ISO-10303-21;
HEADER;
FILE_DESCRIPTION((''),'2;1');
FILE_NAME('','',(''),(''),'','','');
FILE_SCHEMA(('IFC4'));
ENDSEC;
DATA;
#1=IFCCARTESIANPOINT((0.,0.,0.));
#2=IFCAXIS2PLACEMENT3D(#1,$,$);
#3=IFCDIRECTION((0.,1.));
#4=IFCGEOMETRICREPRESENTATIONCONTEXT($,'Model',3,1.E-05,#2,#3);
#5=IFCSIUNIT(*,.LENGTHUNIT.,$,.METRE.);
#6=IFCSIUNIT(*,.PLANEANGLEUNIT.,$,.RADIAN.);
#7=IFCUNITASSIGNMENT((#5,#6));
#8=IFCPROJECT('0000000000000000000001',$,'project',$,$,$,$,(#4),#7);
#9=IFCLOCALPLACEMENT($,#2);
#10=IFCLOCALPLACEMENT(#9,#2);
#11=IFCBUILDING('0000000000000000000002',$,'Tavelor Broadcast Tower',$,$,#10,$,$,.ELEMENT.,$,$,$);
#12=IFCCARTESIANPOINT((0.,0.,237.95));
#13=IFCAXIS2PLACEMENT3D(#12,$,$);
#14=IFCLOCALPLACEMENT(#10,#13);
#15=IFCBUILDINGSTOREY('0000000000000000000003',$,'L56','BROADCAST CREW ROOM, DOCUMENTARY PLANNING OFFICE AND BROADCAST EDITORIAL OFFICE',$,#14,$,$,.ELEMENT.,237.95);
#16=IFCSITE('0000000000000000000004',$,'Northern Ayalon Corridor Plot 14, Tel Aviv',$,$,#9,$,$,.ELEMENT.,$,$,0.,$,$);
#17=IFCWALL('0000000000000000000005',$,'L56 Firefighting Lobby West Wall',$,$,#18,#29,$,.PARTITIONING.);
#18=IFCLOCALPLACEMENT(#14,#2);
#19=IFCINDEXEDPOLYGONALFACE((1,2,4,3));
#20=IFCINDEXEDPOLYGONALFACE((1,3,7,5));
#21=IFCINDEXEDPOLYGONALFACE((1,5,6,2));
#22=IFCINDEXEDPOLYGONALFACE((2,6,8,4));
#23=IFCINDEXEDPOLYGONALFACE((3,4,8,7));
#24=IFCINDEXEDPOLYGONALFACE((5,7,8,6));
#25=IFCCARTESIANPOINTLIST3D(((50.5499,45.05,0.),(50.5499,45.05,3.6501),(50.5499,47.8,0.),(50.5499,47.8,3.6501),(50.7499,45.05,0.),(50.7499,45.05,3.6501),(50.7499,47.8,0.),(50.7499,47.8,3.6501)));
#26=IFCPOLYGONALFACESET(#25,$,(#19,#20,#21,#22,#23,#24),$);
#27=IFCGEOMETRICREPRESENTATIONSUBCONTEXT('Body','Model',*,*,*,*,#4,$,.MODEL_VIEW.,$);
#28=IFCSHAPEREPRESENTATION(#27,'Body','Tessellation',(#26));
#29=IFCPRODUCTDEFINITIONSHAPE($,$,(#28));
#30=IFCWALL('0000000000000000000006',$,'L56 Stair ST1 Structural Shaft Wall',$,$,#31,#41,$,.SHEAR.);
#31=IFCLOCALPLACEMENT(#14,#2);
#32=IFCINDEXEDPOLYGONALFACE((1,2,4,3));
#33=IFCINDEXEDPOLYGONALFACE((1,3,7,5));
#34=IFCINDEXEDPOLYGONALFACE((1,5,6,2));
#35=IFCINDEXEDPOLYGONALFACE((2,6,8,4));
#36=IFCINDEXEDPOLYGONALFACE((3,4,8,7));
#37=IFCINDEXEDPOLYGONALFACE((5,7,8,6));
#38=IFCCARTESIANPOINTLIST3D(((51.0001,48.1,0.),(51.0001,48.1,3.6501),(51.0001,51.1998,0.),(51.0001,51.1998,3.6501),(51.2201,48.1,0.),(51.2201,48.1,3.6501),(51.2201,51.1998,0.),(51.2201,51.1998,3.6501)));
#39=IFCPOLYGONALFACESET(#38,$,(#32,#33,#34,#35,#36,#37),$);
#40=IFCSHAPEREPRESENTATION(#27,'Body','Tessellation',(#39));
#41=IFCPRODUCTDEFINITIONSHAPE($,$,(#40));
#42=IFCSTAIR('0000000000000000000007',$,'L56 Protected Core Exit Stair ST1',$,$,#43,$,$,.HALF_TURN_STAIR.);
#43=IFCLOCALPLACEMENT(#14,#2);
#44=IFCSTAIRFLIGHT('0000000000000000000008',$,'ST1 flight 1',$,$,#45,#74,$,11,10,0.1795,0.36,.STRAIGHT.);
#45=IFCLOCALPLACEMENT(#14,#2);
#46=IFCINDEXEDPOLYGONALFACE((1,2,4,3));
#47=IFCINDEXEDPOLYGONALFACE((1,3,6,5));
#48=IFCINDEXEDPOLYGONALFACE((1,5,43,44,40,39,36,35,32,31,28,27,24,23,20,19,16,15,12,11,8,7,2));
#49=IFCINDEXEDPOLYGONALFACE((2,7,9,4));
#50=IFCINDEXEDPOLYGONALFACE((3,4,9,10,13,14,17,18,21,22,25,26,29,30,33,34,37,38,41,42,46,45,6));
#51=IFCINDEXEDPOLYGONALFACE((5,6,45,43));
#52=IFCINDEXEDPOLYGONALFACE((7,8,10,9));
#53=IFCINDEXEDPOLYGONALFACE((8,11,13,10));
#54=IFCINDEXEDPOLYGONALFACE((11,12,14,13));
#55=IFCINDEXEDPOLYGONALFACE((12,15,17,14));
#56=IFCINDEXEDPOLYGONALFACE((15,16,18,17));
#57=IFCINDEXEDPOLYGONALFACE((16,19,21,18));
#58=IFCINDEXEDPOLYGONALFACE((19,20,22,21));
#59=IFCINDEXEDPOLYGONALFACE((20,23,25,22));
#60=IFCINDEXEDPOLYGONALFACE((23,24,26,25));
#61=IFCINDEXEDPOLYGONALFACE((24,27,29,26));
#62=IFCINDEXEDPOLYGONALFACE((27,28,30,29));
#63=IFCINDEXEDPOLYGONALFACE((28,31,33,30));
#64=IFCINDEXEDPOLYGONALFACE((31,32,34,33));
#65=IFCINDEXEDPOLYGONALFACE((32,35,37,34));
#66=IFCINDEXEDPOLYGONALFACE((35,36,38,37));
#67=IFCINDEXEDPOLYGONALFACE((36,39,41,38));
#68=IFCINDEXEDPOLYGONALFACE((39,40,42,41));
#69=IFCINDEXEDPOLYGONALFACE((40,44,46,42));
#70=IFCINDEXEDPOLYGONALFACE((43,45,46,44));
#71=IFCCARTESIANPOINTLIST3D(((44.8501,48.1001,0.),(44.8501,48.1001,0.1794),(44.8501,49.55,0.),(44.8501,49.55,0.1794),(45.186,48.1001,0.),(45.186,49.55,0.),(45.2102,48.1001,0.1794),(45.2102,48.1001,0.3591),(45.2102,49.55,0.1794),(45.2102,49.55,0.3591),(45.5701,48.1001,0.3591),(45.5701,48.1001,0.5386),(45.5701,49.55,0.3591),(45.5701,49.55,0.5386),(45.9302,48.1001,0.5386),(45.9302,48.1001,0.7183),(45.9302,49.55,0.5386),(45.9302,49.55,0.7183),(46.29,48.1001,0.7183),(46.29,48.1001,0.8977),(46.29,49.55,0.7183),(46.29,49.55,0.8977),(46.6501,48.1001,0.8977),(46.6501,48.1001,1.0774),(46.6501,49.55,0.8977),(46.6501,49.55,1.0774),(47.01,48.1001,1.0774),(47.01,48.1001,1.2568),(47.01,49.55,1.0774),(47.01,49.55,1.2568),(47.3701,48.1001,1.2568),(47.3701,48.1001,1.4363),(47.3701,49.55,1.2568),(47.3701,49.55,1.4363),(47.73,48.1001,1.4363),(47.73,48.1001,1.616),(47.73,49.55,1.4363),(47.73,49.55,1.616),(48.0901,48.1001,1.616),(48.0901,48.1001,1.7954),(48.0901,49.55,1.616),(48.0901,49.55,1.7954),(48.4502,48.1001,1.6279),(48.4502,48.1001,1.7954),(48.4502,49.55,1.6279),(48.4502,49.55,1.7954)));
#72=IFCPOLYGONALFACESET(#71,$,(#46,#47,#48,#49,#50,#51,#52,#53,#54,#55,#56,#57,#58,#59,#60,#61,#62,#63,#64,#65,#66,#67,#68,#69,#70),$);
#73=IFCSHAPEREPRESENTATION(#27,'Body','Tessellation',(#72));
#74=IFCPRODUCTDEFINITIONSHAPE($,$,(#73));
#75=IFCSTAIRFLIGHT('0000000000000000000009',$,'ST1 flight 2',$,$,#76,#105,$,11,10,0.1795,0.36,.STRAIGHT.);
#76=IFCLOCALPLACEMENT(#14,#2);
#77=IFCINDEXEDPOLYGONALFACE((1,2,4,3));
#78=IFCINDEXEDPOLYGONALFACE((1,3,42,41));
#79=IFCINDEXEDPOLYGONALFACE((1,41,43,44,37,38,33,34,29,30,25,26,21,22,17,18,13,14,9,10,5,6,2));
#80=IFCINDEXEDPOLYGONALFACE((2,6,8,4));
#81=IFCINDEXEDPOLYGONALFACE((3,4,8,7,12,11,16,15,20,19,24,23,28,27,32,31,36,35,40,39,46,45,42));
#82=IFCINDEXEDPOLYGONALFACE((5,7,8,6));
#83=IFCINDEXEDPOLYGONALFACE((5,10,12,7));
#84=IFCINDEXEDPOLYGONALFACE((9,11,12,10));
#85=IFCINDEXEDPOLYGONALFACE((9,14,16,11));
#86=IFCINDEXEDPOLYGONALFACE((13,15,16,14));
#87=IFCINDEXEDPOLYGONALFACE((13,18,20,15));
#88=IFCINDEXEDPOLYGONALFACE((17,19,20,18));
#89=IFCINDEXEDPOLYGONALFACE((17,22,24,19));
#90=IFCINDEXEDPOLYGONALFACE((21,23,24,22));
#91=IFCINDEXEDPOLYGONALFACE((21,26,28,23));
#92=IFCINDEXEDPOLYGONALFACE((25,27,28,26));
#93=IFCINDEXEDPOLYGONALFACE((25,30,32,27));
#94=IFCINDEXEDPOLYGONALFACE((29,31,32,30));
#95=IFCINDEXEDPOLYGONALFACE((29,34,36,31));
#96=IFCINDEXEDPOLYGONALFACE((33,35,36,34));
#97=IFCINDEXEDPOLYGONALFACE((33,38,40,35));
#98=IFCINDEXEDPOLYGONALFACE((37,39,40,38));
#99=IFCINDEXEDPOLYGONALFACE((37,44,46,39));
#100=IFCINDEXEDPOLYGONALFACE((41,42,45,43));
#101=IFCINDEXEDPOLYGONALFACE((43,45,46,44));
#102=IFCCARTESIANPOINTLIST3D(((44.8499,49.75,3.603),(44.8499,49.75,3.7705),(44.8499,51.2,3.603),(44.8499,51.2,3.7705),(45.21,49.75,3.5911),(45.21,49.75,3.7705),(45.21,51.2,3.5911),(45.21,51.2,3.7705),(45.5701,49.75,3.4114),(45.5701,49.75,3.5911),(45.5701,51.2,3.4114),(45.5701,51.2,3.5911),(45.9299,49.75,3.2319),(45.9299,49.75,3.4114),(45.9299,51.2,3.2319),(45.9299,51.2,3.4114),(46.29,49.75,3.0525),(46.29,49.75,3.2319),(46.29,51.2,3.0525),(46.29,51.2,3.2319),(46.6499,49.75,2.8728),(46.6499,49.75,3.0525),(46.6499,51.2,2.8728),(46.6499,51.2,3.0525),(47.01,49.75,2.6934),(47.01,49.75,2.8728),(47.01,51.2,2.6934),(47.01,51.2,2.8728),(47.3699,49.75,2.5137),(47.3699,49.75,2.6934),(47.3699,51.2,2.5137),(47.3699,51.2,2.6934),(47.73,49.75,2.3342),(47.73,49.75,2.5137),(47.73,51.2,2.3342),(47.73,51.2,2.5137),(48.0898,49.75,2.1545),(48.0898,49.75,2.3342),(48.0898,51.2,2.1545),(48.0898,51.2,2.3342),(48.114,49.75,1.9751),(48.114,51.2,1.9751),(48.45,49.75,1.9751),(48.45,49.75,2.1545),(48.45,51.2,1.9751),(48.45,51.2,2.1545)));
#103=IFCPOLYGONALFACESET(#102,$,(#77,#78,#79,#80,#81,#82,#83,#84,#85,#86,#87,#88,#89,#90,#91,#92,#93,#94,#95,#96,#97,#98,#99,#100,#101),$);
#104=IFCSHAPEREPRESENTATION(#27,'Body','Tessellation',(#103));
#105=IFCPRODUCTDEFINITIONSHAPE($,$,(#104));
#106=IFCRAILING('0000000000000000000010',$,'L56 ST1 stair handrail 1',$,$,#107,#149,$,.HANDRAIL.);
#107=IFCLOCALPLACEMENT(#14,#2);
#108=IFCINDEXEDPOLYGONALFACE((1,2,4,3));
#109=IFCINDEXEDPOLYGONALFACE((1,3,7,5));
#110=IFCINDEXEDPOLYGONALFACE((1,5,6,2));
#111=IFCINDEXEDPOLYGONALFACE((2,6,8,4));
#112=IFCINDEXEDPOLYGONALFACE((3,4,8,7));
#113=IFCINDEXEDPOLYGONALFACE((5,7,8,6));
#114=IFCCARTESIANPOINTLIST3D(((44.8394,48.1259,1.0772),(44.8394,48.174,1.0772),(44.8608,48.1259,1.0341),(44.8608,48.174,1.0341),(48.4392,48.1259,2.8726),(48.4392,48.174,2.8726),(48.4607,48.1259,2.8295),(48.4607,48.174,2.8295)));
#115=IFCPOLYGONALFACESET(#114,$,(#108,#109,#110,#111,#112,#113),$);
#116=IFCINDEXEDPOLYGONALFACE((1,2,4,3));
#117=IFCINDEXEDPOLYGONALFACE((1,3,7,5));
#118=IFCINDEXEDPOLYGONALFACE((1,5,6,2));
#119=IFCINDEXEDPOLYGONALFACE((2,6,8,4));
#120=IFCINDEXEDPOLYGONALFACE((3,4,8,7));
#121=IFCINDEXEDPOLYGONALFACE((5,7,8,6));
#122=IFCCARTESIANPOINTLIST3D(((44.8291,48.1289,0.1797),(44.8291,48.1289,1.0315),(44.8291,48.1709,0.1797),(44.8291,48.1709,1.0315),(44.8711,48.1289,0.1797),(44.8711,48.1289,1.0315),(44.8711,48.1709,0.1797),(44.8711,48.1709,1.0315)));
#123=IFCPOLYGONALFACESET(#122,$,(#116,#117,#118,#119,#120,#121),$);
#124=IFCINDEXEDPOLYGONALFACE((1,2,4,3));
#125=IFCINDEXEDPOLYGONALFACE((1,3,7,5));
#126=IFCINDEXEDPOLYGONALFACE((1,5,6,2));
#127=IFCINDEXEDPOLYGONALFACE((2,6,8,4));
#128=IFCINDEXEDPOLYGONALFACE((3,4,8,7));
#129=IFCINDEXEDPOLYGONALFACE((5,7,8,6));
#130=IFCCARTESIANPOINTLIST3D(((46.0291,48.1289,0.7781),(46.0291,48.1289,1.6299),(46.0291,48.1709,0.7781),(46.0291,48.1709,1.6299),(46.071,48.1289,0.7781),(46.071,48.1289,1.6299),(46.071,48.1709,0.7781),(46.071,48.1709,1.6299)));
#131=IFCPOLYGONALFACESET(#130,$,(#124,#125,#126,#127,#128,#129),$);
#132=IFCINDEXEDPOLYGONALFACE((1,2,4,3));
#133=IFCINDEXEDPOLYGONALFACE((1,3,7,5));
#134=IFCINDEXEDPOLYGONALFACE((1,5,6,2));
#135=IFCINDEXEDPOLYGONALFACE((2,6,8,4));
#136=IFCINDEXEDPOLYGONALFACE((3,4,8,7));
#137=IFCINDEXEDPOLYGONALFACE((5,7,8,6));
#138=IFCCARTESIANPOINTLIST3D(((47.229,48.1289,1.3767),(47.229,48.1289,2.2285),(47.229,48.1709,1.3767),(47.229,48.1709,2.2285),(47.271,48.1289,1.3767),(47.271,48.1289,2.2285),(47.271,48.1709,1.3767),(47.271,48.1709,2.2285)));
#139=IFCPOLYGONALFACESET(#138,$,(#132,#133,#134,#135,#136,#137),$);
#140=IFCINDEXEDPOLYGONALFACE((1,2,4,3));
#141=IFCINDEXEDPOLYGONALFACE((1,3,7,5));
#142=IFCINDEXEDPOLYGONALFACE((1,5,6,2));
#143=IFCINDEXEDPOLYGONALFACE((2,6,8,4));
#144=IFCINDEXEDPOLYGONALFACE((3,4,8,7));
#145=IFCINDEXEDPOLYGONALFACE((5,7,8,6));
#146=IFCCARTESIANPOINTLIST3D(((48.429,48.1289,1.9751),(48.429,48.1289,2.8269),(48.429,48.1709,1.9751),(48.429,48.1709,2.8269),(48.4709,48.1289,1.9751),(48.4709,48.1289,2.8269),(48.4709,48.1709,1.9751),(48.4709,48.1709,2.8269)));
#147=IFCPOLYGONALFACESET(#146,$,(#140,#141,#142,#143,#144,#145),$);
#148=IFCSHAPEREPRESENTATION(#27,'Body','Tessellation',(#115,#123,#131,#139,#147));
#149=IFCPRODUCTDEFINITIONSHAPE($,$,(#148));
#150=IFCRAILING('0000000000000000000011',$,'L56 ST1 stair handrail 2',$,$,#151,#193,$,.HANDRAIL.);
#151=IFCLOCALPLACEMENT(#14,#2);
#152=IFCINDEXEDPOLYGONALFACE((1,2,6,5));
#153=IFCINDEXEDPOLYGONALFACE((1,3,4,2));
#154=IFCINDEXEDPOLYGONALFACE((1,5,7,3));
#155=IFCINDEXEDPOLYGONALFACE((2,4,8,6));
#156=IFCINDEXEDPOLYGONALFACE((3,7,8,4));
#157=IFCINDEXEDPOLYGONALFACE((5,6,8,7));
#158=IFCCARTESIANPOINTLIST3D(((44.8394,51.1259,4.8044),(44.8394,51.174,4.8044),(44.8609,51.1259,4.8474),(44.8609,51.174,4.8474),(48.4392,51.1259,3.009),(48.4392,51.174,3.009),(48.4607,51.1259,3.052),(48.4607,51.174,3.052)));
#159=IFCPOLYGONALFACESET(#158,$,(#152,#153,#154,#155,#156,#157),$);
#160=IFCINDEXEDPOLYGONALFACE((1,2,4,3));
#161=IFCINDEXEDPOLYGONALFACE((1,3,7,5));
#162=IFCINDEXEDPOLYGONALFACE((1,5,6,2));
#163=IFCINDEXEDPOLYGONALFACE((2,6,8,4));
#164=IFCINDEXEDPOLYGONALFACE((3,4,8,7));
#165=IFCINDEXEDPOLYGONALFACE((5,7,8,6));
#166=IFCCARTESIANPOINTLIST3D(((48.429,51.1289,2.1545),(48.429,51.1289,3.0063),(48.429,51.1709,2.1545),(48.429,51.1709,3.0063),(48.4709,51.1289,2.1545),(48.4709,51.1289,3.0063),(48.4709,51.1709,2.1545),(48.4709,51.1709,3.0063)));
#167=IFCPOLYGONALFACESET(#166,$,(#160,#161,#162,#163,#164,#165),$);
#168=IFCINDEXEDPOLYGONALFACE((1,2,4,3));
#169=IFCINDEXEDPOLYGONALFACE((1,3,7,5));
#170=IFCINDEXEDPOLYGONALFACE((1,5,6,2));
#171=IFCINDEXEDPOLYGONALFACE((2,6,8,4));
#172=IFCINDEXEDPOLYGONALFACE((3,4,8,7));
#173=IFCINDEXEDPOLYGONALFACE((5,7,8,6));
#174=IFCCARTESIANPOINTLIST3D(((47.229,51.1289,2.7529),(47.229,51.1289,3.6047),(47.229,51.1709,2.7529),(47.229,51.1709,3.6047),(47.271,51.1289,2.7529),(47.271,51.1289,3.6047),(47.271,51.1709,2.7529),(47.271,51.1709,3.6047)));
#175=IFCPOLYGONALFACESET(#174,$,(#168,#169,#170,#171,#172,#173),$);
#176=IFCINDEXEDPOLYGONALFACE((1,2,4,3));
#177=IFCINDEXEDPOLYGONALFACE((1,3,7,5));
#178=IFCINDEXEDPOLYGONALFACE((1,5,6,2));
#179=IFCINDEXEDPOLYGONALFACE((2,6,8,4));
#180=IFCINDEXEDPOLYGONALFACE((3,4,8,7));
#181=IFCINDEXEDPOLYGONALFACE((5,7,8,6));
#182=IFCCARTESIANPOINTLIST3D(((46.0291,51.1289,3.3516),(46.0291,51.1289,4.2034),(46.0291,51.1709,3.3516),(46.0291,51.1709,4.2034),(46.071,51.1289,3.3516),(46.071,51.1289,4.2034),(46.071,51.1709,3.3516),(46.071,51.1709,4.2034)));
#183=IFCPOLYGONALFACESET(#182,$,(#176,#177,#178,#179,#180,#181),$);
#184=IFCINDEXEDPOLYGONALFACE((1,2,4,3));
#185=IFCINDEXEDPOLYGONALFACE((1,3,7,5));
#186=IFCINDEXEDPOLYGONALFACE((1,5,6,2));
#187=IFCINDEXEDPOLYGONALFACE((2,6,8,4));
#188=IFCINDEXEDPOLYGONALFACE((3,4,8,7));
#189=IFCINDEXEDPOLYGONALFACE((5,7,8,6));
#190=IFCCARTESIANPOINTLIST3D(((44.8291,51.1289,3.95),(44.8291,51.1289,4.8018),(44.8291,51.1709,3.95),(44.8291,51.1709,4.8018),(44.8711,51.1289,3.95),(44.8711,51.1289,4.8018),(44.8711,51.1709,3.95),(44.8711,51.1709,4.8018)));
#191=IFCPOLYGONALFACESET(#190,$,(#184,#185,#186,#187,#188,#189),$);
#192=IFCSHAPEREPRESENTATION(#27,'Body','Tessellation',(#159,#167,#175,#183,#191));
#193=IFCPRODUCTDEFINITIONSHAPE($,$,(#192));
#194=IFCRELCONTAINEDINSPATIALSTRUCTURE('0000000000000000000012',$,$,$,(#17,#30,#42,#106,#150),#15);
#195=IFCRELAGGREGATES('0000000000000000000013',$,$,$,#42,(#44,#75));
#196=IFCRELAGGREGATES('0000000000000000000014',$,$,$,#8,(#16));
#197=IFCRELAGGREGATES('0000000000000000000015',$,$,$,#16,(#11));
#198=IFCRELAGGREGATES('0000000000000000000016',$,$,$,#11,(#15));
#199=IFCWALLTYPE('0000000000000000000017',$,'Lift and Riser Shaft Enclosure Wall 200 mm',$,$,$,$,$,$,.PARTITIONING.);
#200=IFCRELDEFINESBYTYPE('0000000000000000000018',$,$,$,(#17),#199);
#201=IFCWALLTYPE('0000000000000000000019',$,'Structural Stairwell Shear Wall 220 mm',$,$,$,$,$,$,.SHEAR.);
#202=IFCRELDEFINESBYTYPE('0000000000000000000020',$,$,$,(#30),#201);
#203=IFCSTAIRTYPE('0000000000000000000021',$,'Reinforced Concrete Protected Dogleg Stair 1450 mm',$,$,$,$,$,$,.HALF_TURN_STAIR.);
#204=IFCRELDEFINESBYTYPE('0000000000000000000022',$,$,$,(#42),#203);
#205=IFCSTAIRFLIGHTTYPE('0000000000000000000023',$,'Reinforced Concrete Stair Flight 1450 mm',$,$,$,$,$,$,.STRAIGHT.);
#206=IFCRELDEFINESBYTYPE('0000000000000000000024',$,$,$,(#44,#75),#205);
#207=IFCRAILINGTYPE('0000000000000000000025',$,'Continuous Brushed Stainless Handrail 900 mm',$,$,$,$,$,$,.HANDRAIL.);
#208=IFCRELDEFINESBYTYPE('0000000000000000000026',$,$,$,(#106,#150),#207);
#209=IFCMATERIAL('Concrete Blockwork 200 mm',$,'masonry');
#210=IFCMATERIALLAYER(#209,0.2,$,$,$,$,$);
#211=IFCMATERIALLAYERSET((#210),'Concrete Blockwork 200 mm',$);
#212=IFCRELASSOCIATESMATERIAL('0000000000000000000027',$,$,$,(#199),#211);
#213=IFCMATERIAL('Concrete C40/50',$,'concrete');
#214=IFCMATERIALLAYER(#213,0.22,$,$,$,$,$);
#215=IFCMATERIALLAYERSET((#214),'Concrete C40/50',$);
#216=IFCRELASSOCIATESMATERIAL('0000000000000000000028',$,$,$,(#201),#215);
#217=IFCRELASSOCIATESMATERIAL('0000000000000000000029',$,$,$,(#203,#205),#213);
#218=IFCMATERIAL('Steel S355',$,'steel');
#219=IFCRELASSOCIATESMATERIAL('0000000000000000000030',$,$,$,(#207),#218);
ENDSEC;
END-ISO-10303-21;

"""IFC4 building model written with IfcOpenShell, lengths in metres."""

from ifc_helpers import new_model, si_unit, direction, frame, frame_2d, origin, origin_2d, place, context, subcontext, project, spatial, polyline, rectangle, outline, extrude, material, layer, layer_set, type_object, element, aggregate, save


model = new_model("IFC4")

# Units and contexts
model_context = context("Model", 3, precision=1e-05, world=origin(), true_north=direction((0.0, 1.0)))
body_context = subcontext(model_context, "Body", "Model", "MODEL_VIEW")
ifc_project = project(units=[si_unit("LENGTHUNIT", "METRE"), si_unit("PLANEANGLEUNIT", "RADIAN")], contexts=[model_context])

# Site, building, storey
site_placement = place(None, origin())
site = spatial("IfcSite", under=ifc_project, at=site_placement, Name="Northern Ayalon Corridor Plot 14, Tel Aviv", CompositionType="ELEMENT", RefElevation=0.0)
building_placement = place(site_placement, origin())
building = spatial("IfcBuilding", under=site, at=building_placement, Name="Tavelor Broadcast Tower", CompositionType="ELEMENT")
storey_placement = place(building_placement, frame((0.0, 0.0, 237.95)))
storey = spatial("IfcBuildingStorey", under=building, at=storey_placement, Name="L56", Description="BROADCAST CREW ROOM, DOCUMENTARY PLANNING OFFICE AND BROADCAST EDITORIAL OFFICE", CompositionType="ELEMENT", Elevation=237.95)

# Shared definitions
ifc_material_1 = material(Name="Concrete C40/50", Category="concrete")
ifc_material_2 = material(Name="Steel S355", Category="steel")

# Shared definitions
ifc_material_3 = material(Name="Concrete Blockwork 200 mm", Category="masonry")
ifc_layer_1 = layer(ifc_material_3, 0.2)
ifc_layer_set_1 = layer_set([ifc_layer_1], Name="Concrete Blockwork 200 mm")
wall_type_1 = type_object("IfcWallType", Name="Lift and Riser Shaft Enclosure Wall 200 mm", PredefinedType="PARTITIONING", material=ifc_layer_set_1)

# Walls
wall_1_placement = place(storey_placement, frame((50.6499, 45.05, 0.0), z_axis=(0.0, 0.0, 1.0), x_axis=(0.0, 1.0, 0.0)))
element("IfcWall", 1, at=wall_1_placement, inside=storey, type_object=wall_type_1, Name="L56 Firefighting Lobby West Wall", PredefinedType="PARTITIONING", context=body_context, shape_type="SweptSolid", body=[
    extrude(rectangle(XDim=2.75, YDim=0.2, at=frame_2d((1.375, 0.0))), origin(), (0.0, 0.0, 1.0), 3.6501),
])
ifc_layer_2 = layer(ifc_material_1, 0.22)
ifc_layer_set_2 = layer_set([ifc_layer_2], Name="Concrete C40/50")
wall_type_2 = type_object("IfcWallType", Name="Structural Stairwell Shear Wall 220 mm", PredefinedType="SHEAR", material=ifc_layer_set_2)
wall_2_placement = place(storey_placement, frame((51.1101, 48.1001, 0.0), z_axis=(0.0, 0.0, 1.0), x_axis=(0.0, 1.0, 0.0)))
element("IfcWall", 2, at=wall_2_placement, inside=storey, type_object=wall_type_2, Name="L56 Stair ST1 Structural Shaft Wall", PredefinedType="SHEAR", context=body_context, shape_type="SweptSolid", body=[
    extrude(rectangle(XDim=3.0999, YDim=0.22, at=frame_2d((1.5498, 0.0))), origin(), (0.0, 0.0, 1.0), 3.6501),
])

# Stair, stair flights
stair_type = type_object("IfcStairType", Name="Reinforced Concrete Protected Dogleg Stair 1450 mm", PredefinedType="HALF_TURN_STAIR", material=ifc_material_1)
stair_placement = place(storey_placement, origin())
stair = element("IfcStair", 3, at=stair_placement, inside=storey, type_object=stair_type, Name="L56 Protected Core Exit Stair ST1", PredefinedType="HALF_TURN_STAIR")
stair_flight_type = type_object("IfcStairFlightType", Name="Reinforced Concrete Stair Flight 1450 mm", PredefinedType="STRAIGHT", material=ifc_material_1)
stair_flight_1_placement = place(storey_placement, frame((44.8501, 48.825, 0.0), z_axis=(0.0, 0.0, 1.0), x_axis=(1.0, 0.0, 0.0)))
stair_flight_1 = element("IfcStairFlight", 4, at=stair_flight_1_placement, type_object=stair_flight_type, Name="ST1 flight 1", NumberOfRisers=11, NumberOfTreads=10, PredefinedType="STRAIGHT", RiserHeight=0.1795, TreadLength=0.36, context=body_context, shape_type="SweptSolid", body=[
    extrude(outline(polyline([(0.0, 0.0), (0.0, 0.1794), (0.3601, 0.1794), (0.3601, 0.3591), (0.72, 0.3591), (0.72, 0.5386), (1.0801, 0.5386), (1.0801, 0.7183), (1.4399, 0.7183), (1.4399, 0.8977), (1.8, 0.8977), (1.8, 1.0774), (2.1599, 1.0774), (2.1599, 1.2568), (2.52, 1.2568), (2.52, 1.4363), (2.8799, 1.4363), (2.8799, 1.616), (3.24, 1.616), (3.24, 1.7954), (3.6001, 1.7954), (3.6001, 1.9751), (3.6001, 1.6279), (0.3359, 0.0), (0.0, 0.0)])), frame((0.0, 0.7251, 0.0), z_axis=(0.0, -1.0, 0.0), x_axis=(1.0, 0.0, 0.0)), (0.0, 0.0, 1.0), 1.45),
])
stair_flight_2_placement = place(storey_placement, frame((48.45, 50.4751, 1.9751), z_axis=(0.0, 0.0, 1.0), x_axis=(-1.0, 0.0, 0.0)))
stair_flight_2 = element("IfcStairFlight", 5, at=stair_flight_2_placement, type_object=stair_flight_type, Name="ST1 flight 2", NumberOfRisers=11, NumberOfTreads=10, PredefinedType="STRAIGHT", RiserHeight=0.1795, TreadLength=0.36, context=body_context, shape_type="SweptSolid", body=[
    extrude(outline(polyline([(0.0, 0.0), (0.0, 0.1794), (0.3601, 0.1794), (0.3601, 0.3591), (0.72, 0.3591), (0.72, 0.5386), (1.0801, 0.5386), (1.0801, 0.7183), (1.4399, 0.7183), (1.4399, 0.8977), (1.8, 0.8977), (1.8, 1.0774), (2.1599, 1.0774), (2.1599, 1.2568), (2.52, 1.2568), (2.52, 1.4363), (2.8799, 1.4363), (2.8799, 1.616), (3.24, 1.616), (3.24, 1.7954), (3.6001, 1.7954), (3.6001, 1.9751), (3.6001, 1.6279), (0.3359, 0.0), (0.0, 0.0)])), frame((0.0, 0.7251, 0.0), z_axis=(0.0, -1.0, 0.0), x_axis=(1.0, 0.0, 0.0)), (0.0, 0.0, 1.0), 1.45),
])
aggregate(stair, [stair_flight_1, stair_flight_2])

# Railings
railing_type_1 = type_object("IfcRailingType", Name="Continuous Brushed Stainless Handrail 900 mm", PredefinedType="HANDRAIL", material=ifc_material_2)
railing_1_placement = place(storey_placement, frame((44.8501, 48.1499, 0.1797)))
element("IfcRailing", 6, at=railing_1_placement, inside=storey, type_object=railing_type_1, Name="L56 ST1 stair handrail 1", PredefinedType="HANDRAIL", context=body_context, shape_type="SweptSolid", body=[
    extrude(rectangle(XDim=0.0481, YDim=0.0481, at=origin_2d()), frame((0.0, 0.0, 0.876), z_axis=(0.894876, 0.0, 0.446315), x_axis=(0.0, 1.0, 0.0)), (0.0, 0.0, 1.0), 4.0227),
    extrude(rectangle(XDim=0.042, YDim=0.042, at=origin_2d()), origin(), (0.0, 0.0, 1.0), 0.8518),
    extrude(rectangle(XDim=0.042, YDim=0.042, at=origin_2d()), frame((1.2, 0.0, 0.5984)), (0.0, 0.0, 1.0), 0.8518),
    extrude(rectangle(XDim=0.042, YDim=0.042, at=origin_2d()), frame((2.3999, 0.0, 1.197)), (0.0, 0.0, 1.0), 0.8518),
    extrude(rectangle(XDim=0.042, YDim=0.042, at=origin_2d()), frame((3.5999, 0.0, 1.7954)), (0.0, 0.0, 1.0), 0.8518),
])
railing_2_placement = place(storey_placement, frame((48.45, 51.1499, 2.1545)))
element("IfcRailing", 7, at=railing_2_placement, inside=storey, type_object=railing_type_1, Name="L56 ST1 stair handrail 2", PredefinedType="HANDRAIL", context=body_context, shape_type="SweptSolid", body=[
    extrude(rectangle(XDim=0.0481, YDim=0.0481, at=origin_2d()), frame((0.0, 0.0, 0.876), z_axis=(-0.894876, 0.0, 0.446315), x_axis=(0.0, -1.0, 0.0)), (0.0, 0.0, 1.0), 4.0227),
    extrude(rectangle(XDim=0.042, YDim=0.042, at=origin_2d()), origin(), (0.0, 0.0, 1.0), 0.8518),
    extrude(rectangle(XDim=0.042, YDim=0.042, at=origin_2d()), frame((-1.2, 0.0, 0.5984)), (0.0, 0.0, 1.0), 0.8518),
    extrude(rectangle(XDim=0.042, YDim=0.042, at=origin_2d()), frame((-2.3999, 0.0, 1.197)), (0.0, 0.0, 1.0), 0.8518),
    extrude(rectangle(XDim=0.042, YDim=0.042, at=origin_2d()), frame((-3.5999, 0.0, 1.7954)), (0.0, 0.0, 1.0), 0.8518),
])

save(model, "model.ifc")
